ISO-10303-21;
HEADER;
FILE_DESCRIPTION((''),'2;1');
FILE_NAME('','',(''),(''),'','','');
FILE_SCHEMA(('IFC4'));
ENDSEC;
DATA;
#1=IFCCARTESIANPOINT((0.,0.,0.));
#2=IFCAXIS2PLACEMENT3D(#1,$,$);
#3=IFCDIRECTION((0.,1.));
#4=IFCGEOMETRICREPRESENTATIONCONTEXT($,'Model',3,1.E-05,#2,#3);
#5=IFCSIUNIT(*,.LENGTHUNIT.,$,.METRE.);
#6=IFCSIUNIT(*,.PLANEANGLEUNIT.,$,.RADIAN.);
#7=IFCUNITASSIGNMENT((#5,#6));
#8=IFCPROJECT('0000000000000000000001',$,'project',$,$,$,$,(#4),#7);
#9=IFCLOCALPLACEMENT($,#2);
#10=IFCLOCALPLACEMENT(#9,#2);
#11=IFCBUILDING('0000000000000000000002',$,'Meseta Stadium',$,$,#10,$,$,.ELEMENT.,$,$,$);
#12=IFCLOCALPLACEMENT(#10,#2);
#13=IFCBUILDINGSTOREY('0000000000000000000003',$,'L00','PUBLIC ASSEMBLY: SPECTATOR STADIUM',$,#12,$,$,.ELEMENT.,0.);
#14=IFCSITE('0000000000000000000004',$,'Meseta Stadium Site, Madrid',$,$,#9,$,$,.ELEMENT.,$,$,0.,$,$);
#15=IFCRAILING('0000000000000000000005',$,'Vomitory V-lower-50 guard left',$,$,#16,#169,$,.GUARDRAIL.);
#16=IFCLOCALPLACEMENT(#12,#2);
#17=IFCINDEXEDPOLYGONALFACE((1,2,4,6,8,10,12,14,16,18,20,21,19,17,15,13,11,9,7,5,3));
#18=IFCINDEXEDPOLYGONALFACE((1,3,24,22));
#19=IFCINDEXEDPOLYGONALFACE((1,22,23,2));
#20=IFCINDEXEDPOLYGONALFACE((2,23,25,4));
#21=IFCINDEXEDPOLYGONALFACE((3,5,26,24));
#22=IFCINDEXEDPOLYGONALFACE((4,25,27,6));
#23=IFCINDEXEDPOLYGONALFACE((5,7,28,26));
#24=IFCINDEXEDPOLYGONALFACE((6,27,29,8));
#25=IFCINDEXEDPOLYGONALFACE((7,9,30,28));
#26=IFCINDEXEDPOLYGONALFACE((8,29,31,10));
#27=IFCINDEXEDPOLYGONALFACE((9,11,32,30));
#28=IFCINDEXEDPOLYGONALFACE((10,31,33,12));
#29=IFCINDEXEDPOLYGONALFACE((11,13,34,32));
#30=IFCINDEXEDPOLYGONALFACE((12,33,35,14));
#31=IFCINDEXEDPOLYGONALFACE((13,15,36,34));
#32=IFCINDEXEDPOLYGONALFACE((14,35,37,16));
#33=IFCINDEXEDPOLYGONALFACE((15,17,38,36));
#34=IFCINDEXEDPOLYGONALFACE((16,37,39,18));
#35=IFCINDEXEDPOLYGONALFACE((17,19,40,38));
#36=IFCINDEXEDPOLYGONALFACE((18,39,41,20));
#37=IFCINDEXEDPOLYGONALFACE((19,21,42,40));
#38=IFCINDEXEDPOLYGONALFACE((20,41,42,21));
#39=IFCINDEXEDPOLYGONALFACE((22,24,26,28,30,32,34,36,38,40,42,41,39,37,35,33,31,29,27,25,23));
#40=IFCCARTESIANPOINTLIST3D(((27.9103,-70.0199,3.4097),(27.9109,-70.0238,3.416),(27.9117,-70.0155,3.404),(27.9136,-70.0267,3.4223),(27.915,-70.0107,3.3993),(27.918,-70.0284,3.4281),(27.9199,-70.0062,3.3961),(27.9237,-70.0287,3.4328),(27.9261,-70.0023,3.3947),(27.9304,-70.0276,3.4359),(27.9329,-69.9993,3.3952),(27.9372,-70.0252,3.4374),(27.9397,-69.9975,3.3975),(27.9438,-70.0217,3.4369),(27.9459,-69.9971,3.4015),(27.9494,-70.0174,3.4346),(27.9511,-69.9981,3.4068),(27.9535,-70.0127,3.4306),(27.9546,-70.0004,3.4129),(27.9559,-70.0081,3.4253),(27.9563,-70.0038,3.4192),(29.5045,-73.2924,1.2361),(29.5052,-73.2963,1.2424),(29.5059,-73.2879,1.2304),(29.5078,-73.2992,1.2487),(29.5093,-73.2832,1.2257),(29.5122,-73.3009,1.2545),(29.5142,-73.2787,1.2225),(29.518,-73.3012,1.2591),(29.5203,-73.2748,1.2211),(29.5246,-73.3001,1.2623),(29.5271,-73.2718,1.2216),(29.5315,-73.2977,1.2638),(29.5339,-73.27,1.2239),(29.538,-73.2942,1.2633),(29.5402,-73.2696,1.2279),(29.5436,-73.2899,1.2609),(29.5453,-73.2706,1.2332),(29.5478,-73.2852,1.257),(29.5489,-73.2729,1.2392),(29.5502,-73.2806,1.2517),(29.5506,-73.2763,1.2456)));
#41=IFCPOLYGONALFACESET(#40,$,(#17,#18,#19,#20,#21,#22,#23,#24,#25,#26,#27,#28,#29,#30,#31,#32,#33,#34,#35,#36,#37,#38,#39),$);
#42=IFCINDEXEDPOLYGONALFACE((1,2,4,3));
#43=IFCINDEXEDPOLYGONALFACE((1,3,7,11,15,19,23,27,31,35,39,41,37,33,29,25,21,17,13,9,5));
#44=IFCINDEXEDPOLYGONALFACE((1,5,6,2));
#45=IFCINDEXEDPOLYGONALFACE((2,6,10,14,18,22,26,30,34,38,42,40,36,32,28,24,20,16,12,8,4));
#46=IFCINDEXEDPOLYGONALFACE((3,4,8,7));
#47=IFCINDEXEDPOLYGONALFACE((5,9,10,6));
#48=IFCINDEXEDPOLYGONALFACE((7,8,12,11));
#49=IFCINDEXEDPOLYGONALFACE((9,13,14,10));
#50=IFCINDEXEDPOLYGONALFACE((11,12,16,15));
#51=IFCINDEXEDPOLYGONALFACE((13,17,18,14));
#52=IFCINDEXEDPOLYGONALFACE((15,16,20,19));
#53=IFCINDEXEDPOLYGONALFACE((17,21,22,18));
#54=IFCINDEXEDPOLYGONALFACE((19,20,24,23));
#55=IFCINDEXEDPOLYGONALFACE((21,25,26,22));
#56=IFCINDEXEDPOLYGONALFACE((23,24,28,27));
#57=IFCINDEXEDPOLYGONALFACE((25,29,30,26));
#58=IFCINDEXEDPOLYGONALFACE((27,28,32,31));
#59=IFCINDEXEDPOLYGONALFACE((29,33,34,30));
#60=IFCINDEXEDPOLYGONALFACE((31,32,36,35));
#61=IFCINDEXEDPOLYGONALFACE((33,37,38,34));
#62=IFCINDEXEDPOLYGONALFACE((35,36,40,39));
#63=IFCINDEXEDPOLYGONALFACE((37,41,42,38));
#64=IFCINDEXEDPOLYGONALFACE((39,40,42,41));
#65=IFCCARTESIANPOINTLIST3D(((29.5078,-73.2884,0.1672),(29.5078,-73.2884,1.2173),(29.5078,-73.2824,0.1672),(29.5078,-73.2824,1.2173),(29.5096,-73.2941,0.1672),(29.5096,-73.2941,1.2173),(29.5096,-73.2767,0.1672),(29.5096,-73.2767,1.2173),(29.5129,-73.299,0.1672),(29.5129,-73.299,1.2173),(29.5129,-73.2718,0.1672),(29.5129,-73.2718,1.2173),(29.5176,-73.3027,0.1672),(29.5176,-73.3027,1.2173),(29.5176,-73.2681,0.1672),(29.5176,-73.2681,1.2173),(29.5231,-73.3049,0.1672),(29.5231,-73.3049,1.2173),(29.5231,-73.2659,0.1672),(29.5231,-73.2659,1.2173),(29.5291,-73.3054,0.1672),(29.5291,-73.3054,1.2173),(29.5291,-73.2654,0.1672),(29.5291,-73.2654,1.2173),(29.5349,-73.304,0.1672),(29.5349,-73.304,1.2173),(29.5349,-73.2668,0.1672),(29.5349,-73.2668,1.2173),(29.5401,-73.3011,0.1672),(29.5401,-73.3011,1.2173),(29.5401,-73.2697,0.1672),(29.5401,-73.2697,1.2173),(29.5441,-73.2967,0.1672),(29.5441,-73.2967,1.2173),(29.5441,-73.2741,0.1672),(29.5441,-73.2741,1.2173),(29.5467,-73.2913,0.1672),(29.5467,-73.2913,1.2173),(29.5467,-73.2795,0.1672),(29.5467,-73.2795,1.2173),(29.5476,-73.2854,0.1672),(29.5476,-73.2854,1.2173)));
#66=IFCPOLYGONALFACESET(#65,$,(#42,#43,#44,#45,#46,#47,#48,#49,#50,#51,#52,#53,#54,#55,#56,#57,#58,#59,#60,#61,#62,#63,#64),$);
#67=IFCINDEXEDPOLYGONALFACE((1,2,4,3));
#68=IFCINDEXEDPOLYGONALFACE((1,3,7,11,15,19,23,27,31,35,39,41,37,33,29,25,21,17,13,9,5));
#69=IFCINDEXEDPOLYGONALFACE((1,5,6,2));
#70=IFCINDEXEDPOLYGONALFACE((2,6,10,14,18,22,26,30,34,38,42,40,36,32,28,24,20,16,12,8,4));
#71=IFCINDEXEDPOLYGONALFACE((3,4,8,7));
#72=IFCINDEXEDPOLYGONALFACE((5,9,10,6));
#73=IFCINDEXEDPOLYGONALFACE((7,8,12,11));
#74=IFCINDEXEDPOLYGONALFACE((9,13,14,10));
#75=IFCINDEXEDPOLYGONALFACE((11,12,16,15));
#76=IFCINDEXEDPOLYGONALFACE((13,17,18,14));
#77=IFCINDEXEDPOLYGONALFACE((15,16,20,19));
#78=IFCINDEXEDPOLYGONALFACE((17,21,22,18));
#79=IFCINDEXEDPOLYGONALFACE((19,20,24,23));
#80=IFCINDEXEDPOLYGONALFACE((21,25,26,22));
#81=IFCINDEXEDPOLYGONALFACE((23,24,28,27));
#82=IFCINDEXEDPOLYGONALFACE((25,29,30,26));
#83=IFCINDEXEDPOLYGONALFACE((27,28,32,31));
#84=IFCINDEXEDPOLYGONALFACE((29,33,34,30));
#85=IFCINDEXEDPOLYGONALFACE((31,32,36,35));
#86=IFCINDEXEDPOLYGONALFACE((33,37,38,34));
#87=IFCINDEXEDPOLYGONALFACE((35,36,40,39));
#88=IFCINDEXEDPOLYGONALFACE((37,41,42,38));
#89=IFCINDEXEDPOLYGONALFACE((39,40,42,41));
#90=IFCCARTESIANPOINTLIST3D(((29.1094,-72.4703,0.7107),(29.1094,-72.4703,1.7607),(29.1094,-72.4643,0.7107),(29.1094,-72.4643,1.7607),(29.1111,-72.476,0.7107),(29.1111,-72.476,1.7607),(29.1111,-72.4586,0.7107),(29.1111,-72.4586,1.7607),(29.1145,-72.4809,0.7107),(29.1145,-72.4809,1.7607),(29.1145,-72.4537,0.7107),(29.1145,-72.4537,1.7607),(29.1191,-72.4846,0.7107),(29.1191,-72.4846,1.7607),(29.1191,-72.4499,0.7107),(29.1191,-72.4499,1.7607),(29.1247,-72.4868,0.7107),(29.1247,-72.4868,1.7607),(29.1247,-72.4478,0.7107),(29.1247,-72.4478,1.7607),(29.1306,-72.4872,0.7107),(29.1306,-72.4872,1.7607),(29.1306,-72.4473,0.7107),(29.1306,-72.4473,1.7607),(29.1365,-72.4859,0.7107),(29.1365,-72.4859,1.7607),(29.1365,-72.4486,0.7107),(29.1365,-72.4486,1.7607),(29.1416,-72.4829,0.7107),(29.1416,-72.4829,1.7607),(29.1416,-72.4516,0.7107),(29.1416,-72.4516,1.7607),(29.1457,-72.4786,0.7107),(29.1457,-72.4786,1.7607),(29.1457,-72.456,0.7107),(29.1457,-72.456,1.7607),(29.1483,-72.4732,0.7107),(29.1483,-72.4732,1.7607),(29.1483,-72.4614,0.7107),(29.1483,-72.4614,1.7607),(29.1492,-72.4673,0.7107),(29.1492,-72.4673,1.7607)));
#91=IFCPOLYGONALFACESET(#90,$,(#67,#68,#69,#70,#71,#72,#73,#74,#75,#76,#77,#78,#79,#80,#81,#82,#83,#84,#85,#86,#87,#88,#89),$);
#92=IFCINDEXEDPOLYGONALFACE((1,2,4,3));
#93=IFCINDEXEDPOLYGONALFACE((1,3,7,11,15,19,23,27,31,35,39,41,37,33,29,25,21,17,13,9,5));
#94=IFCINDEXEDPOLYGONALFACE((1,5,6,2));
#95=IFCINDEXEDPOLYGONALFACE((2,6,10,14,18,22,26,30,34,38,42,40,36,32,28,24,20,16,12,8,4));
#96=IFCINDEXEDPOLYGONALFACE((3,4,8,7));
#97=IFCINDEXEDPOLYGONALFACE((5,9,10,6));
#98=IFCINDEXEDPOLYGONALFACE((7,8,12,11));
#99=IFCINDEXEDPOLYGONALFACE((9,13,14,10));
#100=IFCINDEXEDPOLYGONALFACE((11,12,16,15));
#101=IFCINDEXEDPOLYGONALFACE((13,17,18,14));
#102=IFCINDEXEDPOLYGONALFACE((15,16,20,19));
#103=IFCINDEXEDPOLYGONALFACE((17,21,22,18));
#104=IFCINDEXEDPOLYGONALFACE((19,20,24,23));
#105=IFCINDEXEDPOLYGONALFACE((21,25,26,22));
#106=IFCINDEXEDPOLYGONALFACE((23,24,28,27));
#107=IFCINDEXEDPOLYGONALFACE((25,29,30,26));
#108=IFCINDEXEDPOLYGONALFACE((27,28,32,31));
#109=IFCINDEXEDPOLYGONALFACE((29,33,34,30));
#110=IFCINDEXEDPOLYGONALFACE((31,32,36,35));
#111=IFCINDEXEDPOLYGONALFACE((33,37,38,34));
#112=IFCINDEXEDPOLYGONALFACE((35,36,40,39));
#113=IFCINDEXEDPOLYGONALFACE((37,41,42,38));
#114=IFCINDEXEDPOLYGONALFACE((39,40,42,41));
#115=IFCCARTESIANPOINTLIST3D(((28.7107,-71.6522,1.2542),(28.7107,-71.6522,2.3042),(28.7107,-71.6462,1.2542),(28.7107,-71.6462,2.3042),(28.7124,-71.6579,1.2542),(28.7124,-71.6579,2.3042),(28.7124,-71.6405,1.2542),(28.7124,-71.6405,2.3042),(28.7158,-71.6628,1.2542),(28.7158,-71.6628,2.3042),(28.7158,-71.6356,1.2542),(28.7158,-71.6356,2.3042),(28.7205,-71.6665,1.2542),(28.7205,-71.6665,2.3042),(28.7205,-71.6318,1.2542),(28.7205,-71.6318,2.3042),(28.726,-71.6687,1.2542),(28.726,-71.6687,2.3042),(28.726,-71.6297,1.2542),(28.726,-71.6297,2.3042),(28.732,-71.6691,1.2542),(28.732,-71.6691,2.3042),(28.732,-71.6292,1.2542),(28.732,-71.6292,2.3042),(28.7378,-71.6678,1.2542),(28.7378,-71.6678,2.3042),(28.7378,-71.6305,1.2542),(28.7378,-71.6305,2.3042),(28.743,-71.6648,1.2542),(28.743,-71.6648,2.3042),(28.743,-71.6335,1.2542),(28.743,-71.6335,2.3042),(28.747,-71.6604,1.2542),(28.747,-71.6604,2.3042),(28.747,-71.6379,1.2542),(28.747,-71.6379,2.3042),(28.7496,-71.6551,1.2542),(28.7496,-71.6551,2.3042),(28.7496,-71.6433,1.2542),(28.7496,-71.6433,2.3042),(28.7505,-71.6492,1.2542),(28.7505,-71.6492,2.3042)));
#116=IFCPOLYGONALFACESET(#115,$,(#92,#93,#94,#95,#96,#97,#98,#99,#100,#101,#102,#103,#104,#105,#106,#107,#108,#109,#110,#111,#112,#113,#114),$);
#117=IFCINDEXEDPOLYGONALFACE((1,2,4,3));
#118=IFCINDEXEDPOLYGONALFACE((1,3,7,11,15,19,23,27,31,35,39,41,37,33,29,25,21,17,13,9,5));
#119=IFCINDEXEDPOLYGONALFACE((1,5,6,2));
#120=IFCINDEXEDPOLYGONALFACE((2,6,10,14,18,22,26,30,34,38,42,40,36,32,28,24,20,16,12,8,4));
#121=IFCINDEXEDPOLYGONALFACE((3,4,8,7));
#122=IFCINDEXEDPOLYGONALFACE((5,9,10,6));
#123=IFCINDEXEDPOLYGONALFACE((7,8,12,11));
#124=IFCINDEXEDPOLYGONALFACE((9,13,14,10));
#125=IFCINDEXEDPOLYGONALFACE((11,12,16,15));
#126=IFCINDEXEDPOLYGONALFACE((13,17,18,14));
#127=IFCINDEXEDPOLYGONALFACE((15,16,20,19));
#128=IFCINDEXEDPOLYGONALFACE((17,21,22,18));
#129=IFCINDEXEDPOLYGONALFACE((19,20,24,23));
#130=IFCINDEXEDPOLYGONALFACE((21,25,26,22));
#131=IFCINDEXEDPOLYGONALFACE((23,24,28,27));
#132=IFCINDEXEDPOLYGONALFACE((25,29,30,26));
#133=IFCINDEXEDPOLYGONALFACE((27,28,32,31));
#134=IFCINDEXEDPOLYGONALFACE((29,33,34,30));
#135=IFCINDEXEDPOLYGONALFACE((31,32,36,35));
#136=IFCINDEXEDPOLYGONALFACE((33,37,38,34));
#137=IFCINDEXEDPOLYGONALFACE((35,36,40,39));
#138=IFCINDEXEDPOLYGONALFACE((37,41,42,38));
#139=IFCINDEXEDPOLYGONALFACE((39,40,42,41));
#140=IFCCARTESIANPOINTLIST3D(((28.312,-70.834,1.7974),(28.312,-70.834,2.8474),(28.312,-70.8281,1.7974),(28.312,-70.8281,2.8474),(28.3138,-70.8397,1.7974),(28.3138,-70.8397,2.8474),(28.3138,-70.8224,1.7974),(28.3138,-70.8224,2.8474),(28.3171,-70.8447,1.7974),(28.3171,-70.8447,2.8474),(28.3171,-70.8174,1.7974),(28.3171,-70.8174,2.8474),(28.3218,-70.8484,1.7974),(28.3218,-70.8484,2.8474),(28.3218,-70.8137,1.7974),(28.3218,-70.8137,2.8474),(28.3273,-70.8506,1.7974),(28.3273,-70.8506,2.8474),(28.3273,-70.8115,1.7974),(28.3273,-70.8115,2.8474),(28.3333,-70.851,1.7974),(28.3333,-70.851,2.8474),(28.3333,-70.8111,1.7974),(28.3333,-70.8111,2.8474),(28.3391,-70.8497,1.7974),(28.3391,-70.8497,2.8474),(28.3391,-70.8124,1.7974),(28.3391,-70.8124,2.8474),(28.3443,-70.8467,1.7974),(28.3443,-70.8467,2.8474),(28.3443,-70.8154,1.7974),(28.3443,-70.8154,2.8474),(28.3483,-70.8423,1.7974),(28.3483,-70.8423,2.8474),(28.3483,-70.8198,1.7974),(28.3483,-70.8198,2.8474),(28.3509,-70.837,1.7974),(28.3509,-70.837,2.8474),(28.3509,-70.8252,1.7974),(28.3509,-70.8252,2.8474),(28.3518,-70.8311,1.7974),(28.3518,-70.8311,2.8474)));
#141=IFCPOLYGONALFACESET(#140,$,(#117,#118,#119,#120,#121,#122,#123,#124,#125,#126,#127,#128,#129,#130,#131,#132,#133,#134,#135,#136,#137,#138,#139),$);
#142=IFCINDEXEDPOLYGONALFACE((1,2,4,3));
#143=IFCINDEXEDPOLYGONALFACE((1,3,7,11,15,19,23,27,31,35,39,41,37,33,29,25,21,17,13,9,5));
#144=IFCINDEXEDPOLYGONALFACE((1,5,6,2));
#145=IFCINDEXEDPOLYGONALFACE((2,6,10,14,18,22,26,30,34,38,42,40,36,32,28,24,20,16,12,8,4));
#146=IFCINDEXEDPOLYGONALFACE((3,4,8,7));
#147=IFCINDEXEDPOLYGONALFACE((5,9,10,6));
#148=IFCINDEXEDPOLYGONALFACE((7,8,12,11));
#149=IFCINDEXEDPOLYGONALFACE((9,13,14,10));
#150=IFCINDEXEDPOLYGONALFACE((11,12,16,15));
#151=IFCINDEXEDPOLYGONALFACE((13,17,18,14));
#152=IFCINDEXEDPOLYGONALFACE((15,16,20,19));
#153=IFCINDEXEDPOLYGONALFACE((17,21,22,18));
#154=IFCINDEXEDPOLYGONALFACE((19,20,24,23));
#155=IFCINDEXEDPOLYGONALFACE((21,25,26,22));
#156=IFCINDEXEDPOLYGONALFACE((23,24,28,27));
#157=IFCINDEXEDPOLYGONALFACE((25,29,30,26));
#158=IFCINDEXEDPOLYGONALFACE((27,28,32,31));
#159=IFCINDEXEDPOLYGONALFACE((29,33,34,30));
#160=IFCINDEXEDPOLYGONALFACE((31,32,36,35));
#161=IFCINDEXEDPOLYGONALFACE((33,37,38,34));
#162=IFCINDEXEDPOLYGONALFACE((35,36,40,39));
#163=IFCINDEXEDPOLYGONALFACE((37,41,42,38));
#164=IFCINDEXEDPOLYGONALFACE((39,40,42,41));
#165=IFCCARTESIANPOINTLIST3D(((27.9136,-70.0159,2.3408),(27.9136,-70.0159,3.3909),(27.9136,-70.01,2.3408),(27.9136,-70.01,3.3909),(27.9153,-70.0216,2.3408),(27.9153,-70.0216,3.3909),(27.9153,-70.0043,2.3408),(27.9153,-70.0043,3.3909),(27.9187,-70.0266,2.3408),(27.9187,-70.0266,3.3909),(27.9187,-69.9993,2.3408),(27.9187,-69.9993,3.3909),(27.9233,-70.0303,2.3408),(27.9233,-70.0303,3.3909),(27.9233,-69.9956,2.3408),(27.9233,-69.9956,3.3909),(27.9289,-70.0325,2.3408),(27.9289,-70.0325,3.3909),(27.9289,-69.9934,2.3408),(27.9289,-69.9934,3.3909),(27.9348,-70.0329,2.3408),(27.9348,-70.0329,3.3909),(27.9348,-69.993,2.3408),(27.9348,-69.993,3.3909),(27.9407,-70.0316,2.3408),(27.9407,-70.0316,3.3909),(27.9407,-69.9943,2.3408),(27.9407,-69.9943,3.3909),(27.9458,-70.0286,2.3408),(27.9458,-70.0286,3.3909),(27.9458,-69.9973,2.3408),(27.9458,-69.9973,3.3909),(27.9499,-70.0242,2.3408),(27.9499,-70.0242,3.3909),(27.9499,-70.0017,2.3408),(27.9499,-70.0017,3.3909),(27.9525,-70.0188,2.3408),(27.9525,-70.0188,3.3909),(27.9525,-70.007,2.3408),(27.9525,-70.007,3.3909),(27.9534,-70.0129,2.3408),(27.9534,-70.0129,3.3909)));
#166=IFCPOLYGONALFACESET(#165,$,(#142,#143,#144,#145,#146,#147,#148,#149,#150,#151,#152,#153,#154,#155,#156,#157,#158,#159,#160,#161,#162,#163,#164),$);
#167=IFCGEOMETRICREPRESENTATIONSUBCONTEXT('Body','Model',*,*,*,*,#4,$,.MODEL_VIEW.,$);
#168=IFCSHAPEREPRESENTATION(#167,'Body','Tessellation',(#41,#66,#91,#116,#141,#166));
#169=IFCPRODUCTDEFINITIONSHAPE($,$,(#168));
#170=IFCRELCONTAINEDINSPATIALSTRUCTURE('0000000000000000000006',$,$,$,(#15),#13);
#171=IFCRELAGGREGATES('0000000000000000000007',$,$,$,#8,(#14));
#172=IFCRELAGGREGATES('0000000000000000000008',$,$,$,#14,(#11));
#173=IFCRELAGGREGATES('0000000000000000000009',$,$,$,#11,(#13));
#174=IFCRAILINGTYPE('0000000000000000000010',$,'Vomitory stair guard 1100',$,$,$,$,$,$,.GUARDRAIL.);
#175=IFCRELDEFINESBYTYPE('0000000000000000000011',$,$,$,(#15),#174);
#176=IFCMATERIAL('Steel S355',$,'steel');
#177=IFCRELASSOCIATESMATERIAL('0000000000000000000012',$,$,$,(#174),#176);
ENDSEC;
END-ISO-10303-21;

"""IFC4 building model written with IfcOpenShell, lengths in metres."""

from ifc_helpers import new_model, si_unit, direction, frame, origin, origin_2d, place, context, subcontext, project, spatial, circle, extrude, material, type_object, element, save


model = new_model("IFC4")

# Units and contexts
model_context = context("Model", 3, precision=1e-05, world=origin(), true_north=direction((0.0, 1.0)))
body_context = subcontext(model_context, "Body", "Model", "MODEL_VIEW")
ifc_project = project(units=[si_unit("LENGTHUNIT", "METRE"), si_unit("PLANEANGLEUNIT", "RADIAN")], contexts=[model_context])

# Site, building, storey
site_placement = place(None, origin())
site = spatial("IfcSite", under=ifc_project, at=site_placement, Name="Meseta Stadium Site, Madrid", CompositionType="ELEMENT", RefElevation=0.0)
building_placement = place(site_placement, origin())
building = spatial("IfcBuilding", under=site, at=building_placement, Name="Meseta Stadium", CompositionType="ELEMENT")
storey_placement = place(building_placement, origin())
storey = spatial("IfcBuildingStorey", under=building, at=storey_placement, Name="L00", Description="PUBLIC ASSEMBLY: SPECTATOR STADIUM", CompositionType="ELEMENT", Elevation=0.0)

# Railing
ifc_material_1 = material(Name="Steel S355", Category="steel")
railing_type_1 = type_object("IfcRailingType", Name="Vomitory stair guard 1100", PredefinedType="GUARDRAIL", material=ifc_material_1)
railing_1_placement = place(storey_placement, frame((29.5276, -73.2854, 0.1672)))
element("IfcRailing", 1, at=railing_1_placement, inside=storey, type_object=railing_type_1, Name="Vomitory V-lower-50 guard left", PredefinedType="GUARDRAIL", context=body_context, shape_type="SweptSolid", body=[
    extrude(circle(Radius=0.0249, at=origin_2d()), frame((0.0, 0.0, 1.0752), z_axis=(-0.376026, 0.771861, 0.512674), x_axis=(-0.898994, -0.437961, 0.0)), (0.0, 0.0, 1.0), 4.2397),
    extrude(circle(Radius=0.02, at=origin_2d()), origin(), (0.0, 0.0, 1.0), 1.05),
    extrude(circle(Radius=0.02, at=origin_2d()), frame((-0.3984, 0.8181, 0.5435)), (0.0, 0.0, 1.0), 1.05),
    extrude(circle(Radius=0.02, at=origin_2d()), frame((-0.7971, 1.6362, 1.0869)), (0.0, 0.0, 1.0), 1.05),
    extrude(circle(Radius=0.02, at=origin_2d()), frame((-1.1958, 2.4543, 1.6301)), (0.0, 0.0, 1.0), 1.05),
    extrude(circle(Radius=0.02, at=origin_2d()), frame((-1.5942, 3.2725, 2.1736)), (0.0, 0.0, 1.0), 1.05),
])

save(model, "model.ifc")
